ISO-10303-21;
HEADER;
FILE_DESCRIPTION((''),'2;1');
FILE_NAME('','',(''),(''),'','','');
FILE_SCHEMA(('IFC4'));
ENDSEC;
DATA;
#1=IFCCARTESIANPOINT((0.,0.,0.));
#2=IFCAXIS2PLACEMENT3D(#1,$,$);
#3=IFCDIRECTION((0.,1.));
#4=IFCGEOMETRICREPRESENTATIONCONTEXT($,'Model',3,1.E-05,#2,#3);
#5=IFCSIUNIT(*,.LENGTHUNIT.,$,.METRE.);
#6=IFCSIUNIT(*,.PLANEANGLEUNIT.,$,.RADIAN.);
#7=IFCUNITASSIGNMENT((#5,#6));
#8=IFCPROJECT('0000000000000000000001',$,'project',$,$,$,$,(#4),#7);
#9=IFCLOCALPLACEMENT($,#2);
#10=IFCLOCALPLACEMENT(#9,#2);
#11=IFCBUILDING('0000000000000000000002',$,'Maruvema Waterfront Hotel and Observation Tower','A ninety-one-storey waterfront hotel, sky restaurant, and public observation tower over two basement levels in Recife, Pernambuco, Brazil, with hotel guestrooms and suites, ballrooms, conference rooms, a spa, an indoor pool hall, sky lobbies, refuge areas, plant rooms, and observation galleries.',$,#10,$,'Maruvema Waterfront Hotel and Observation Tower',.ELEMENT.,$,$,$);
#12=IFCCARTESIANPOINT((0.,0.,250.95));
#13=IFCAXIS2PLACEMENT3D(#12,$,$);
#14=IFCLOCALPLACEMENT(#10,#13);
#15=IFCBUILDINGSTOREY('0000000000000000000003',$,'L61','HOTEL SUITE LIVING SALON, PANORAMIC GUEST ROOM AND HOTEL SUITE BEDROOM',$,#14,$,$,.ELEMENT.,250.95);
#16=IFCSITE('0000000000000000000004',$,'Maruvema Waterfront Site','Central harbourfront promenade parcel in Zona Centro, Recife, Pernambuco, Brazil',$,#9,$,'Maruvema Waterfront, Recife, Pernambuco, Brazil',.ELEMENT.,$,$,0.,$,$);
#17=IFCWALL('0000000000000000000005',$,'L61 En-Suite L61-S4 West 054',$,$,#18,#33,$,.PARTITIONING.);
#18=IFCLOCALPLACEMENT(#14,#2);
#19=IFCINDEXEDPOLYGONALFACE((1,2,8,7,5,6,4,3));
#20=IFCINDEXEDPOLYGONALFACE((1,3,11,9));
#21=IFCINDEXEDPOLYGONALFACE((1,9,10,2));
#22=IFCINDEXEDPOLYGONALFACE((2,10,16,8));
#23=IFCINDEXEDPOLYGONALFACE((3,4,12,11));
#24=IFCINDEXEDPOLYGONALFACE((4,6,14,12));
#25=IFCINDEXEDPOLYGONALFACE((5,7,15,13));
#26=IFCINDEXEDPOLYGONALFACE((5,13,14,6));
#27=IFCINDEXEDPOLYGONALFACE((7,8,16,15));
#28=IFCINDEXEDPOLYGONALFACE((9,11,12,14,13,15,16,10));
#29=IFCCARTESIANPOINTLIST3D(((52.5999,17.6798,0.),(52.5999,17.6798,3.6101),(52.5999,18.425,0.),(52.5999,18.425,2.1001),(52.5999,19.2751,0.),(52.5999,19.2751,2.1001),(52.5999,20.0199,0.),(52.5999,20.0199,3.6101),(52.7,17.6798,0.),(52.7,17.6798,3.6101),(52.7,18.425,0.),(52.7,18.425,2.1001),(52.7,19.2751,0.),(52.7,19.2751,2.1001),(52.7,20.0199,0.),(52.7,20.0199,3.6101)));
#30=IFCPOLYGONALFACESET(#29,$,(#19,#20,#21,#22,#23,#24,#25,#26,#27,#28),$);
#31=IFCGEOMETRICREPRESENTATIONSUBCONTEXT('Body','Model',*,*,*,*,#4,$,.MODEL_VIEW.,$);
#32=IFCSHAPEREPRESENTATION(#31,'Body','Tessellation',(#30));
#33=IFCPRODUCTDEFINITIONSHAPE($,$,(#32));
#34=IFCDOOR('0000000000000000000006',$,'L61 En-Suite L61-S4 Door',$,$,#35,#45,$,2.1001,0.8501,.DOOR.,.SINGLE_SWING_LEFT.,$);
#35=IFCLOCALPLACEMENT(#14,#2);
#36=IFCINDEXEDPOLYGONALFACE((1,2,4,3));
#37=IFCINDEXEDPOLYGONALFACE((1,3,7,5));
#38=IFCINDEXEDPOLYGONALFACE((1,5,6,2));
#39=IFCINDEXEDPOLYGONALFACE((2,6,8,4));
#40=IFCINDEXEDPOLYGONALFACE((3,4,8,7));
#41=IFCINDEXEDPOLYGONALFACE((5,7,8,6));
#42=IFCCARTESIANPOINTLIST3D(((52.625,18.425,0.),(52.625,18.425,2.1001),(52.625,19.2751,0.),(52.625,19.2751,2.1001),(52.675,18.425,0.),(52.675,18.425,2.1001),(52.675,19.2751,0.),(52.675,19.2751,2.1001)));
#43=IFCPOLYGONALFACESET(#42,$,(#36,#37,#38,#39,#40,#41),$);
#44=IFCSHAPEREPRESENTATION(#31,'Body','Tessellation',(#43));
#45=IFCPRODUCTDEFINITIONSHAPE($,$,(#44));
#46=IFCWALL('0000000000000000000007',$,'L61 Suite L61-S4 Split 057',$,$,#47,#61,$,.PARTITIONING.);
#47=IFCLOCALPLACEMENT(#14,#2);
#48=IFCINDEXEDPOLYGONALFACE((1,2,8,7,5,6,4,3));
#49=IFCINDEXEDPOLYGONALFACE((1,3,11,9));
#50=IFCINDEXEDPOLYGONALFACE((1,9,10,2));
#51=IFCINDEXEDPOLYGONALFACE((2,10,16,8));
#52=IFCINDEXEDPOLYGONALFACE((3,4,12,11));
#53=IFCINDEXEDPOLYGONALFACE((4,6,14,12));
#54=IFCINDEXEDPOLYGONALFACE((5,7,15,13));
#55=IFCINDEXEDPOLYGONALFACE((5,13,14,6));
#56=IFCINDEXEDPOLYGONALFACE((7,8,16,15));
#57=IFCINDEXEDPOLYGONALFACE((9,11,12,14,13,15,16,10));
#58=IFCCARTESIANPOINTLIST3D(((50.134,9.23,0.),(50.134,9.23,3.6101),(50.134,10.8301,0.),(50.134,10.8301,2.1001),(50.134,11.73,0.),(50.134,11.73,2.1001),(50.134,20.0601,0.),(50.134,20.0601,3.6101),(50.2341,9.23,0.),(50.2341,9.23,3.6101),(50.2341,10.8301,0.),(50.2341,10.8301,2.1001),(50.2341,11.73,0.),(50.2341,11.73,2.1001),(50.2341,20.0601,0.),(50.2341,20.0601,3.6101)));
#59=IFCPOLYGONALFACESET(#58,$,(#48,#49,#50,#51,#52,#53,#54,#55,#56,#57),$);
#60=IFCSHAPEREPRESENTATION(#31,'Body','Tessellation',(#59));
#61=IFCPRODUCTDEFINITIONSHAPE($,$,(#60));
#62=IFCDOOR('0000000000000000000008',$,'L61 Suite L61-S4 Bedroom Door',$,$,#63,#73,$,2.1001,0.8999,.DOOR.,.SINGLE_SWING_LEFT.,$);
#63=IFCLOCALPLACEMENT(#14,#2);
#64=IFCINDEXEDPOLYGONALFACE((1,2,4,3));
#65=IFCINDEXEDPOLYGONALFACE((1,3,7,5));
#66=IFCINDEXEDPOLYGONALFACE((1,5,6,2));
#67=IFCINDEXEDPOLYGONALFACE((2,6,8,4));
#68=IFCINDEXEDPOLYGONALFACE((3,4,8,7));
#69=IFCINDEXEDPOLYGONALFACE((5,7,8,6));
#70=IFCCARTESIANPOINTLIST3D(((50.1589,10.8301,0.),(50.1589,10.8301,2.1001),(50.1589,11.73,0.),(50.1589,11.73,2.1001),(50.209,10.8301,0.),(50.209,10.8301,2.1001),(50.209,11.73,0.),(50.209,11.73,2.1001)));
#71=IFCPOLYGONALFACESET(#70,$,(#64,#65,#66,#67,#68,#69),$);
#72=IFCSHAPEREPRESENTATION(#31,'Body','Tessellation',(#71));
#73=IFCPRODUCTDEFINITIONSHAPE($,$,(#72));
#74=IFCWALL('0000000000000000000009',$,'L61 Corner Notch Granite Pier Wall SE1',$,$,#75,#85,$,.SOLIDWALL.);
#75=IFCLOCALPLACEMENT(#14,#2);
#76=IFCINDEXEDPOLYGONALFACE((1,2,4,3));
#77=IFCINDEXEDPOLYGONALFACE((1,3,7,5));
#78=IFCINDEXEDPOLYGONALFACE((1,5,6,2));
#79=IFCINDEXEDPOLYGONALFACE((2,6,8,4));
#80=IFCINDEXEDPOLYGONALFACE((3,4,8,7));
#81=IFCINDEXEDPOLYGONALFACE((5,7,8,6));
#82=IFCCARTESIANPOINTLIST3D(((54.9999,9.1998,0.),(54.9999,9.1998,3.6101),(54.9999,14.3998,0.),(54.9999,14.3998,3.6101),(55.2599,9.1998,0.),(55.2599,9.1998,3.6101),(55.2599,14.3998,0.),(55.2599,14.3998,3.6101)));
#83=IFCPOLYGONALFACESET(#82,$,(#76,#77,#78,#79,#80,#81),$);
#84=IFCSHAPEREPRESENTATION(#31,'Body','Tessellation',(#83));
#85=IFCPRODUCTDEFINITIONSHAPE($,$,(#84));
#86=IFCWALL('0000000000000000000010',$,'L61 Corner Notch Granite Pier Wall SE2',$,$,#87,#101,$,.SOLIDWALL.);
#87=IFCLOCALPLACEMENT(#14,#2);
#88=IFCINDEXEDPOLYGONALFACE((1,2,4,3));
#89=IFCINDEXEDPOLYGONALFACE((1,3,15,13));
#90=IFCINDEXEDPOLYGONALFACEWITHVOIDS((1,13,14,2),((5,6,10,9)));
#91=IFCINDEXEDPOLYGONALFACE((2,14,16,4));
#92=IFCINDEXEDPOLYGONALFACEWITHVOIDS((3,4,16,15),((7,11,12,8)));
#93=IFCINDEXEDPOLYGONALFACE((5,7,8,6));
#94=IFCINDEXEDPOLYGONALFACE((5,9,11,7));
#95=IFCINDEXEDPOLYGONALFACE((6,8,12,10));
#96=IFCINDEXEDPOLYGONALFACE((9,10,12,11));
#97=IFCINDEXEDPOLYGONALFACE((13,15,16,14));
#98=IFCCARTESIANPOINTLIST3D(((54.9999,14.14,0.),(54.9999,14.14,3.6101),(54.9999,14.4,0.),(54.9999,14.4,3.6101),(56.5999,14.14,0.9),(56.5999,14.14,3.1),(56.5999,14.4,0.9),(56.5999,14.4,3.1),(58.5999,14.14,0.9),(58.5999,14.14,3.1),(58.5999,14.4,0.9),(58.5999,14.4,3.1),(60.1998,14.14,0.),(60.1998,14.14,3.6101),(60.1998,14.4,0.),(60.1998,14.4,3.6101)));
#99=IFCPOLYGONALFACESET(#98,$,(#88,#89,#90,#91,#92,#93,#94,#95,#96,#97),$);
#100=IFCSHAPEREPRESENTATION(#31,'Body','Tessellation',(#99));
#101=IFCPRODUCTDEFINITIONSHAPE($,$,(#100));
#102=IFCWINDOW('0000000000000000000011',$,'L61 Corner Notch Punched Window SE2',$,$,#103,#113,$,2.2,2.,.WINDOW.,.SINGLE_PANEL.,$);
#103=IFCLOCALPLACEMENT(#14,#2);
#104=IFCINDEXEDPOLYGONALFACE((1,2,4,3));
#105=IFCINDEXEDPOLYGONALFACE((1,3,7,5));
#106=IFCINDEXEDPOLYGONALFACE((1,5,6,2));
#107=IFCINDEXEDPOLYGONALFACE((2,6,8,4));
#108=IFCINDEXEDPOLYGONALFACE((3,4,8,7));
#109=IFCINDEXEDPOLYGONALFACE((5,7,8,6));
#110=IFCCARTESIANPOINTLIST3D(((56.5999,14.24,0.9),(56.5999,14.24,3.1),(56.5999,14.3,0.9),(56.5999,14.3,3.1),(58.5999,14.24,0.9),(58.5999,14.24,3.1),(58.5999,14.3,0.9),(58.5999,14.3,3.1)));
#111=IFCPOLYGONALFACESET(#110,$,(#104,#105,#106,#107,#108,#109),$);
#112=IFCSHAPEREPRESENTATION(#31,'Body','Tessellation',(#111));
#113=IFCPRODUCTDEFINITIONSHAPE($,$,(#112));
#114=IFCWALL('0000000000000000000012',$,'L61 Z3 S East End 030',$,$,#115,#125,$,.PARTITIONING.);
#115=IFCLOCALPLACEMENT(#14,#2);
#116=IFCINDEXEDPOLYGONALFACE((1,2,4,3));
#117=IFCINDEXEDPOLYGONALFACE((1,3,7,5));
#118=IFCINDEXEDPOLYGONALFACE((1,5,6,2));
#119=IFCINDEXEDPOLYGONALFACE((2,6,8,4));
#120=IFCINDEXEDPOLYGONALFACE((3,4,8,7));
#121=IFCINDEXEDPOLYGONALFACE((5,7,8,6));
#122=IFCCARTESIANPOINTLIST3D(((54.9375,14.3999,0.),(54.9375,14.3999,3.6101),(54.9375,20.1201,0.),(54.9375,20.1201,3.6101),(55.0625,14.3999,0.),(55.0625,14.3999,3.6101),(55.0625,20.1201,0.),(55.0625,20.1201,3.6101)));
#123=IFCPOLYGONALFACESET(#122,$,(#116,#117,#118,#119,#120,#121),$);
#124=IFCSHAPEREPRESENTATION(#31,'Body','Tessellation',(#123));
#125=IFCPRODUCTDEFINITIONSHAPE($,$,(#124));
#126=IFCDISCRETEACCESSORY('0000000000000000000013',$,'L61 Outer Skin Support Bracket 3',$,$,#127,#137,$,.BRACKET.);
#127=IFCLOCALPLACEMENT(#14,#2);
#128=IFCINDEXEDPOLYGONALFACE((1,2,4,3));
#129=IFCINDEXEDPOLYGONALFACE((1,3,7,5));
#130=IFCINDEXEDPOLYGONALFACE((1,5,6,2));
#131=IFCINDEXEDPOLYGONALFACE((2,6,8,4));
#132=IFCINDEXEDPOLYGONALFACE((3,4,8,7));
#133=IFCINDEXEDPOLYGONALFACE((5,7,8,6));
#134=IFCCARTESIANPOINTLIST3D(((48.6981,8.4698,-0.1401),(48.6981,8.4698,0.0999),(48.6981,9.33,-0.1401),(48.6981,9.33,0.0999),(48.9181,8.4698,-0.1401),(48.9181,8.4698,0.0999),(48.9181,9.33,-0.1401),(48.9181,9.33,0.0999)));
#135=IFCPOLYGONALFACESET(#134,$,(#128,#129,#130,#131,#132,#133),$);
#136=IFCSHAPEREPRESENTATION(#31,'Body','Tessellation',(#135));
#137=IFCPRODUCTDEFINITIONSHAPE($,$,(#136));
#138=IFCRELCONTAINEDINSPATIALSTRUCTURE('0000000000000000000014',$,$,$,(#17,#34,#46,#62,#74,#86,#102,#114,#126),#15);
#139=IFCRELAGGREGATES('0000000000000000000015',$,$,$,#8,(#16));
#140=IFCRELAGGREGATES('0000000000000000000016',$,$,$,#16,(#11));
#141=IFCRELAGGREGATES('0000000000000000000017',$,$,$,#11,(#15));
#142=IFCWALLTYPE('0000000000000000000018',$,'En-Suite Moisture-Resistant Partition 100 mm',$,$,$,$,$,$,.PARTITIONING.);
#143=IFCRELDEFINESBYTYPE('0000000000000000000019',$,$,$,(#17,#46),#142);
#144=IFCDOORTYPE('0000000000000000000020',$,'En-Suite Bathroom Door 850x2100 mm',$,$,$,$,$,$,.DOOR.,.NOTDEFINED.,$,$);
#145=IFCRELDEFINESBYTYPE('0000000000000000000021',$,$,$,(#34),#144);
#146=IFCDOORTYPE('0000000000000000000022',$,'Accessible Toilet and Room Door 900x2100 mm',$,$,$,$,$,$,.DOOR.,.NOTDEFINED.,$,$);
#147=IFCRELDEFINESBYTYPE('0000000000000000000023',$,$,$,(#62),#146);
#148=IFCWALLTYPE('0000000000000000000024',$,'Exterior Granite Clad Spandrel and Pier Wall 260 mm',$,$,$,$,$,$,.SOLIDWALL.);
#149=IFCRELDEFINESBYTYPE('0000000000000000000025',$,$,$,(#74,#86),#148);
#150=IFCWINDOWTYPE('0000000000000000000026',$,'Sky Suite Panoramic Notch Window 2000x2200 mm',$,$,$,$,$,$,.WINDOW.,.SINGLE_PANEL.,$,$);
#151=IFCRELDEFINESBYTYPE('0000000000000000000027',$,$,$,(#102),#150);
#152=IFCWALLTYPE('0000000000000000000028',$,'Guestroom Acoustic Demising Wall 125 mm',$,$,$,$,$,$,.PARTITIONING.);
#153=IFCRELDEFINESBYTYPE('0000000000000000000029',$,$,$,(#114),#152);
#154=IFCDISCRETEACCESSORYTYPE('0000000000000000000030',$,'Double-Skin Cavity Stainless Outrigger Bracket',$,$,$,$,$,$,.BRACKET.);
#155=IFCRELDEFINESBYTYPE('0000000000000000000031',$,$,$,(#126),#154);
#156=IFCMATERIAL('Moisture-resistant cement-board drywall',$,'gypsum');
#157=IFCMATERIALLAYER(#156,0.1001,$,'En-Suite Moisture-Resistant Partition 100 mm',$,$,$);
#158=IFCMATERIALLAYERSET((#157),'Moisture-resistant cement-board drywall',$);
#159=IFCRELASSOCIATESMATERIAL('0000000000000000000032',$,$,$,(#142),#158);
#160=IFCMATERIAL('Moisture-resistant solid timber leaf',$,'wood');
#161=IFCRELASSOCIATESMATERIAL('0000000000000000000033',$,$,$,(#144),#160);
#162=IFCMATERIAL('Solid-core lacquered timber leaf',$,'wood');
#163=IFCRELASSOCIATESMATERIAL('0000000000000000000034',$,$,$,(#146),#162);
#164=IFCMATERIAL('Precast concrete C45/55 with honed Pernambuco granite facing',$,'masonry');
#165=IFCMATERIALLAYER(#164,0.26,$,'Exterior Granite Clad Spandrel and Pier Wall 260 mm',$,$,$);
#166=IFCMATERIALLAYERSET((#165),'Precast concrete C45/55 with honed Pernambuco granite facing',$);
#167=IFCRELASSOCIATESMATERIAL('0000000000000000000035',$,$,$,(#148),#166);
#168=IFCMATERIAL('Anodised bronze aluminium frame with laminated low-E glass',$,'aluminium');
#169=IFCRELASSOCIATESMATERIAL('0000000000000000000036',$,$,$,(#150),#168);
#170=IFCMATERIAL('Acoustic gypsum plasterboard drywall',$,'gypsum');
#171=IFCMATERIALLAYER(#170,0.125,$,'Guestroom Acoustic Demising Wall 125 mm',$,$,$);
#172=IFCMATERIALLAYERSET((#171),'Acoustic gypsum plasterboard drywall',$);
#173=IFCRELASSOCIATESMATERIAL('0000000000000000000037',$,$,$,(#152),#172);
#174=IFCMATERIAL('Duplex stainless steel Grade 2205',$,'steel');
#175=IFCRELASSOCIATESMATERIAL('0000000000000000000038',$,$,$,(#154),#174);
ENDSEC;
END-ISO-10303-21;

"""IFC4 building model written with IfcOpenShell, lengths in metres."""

from ifc_helpers import new_model, si_unit, direction, frame, frame_2d, origin, origin_2d, place, context, subcontext, project, spatial, rectangle, extrude, material, layer, layer_set, type_object, element, fill, save


model = new_model("IFC4")

# Units and contexts
model_context = context("Model", 3, precision=1e-05, world=origin(), true_north=direction((0.0, 1.0)))
body_context = subcontext(model_context, "Body", "Model", "MODEL_VIEW")
ifc_project = project(units=[si_unit("LENGTHUNIT", "METRE"), si_unit("PLANEANGLEUNIT", "RADIAN")], contexts=[model_context])

# Site, building, storey
site_placement = place(None, origin())
site = spatial("IfcSite", under=ifc_project, at=site_placement, Name="Maruvema Waterfront Site", Description="Central harbourfront promenade parcel in Zona Centro, Recife, Pernambuco, Brazil", LongName="Maruvema Waterfront, Recife, Pernambuco, Brazil", CompositionType="ELEMENT", RefElevation=0.0)
building_placement = place(site_placement, origin())
building = spatial("IfcBuilding", under=site, at=building_placement, Name="Maruvema Waterfront Hotel and Observation Tower", Description="A ninety-one-storey waterfront hotel, sky restaurant, and public observation tower over two basement levels in Recife, Pernambuco, Brazil, with hotel guestrooms and suites, ballrooms, conference rooms, a spa, an indoor pool hall, sky lobbies, refuge areas, plant rooms, and observation galleries.", LongName="Maruvema Waterfront Hotel and Observation Tower", CompositionType="ELEMENT")
storey_placement = place(building_placement, frame((0.0, 0.0, 250.95)))
storey = spatial("IfcBuildingStorey", under=building, at=storey_placement, Name="L61", Description="HOTEL SUITE LIVING SALON, PANORAMIC GUEST ROOM AND HOTEL SUITE BEDROOM", CompositionType="ELEMENT", Elevation=250.95)

# Shared definitions
ifc_material_1 = material(Name="Moisture-resistant cement-board drywall", Category="gypsum")
ifc_layer_1 = layer(ifc_material_1, 0.1001, Name="En-Suite Moisture-Resistant Partition 100 mm")
ifc_layer_set_1 = layer_set([ifc_layer_1], Name="Moisture-resistant cement-board drywall")
wall_type_1 = type_object("IfcWallType", Name="En-Suite Moisture-Resistant Partition 100 mm", PredefinedType="PARTITIONING", material=ifc_layer_set_1)

# Walls, openings, doors
wall_1_placement = place(storey_placement, frame((52.6499, 17.6799, 0.0), z_axis=(0.0, 0.0, 1.0), x_axis=(0.0, 1.0, 0.0)))
wall_1 = element("IfcWall", 1, at=wall_1_placement, inside=storey, type_object=wall_type_1, Name="L61 En-Suite L61-S4 West 054", PredefinedType="PARTITIONING", context=body_context, shape_type="SweptSolid", body=[
    extrude(rectangle(XDim=2.3401, YDim=0.1001, at=frame_2d((1.1699, 0.0))), origin(), (0.0, 0.0, 1.0), 3.6101),
])
opening_1_placement = place(wall_1_placement, frame((0.7451, 0.0, 0.0)))
opening_1 = element("IfcOpeningElement", 2, at=opening_1_placement, cuts=wall_1, PredefinedType="OPENING", context=body_context, shape_type="SweptSolid", body=[
    extrude(rectangle(XDim=0.8501, YDim=2.1001, at=frame_2d((0.425, 1.05))), frame((0.0, 0.0601, 0.0), z_axis=(0.0, -1.0, 0.0), x_axis=(1.0, 0.0, 0.0)), (0.0, 0.0, 1.0), 0.1201),
])
ifc_material_2 = material(Name="Moisture-resistant solid timber leaf", Category="wood")
door_type_1 = type_object("IfcDoorType", Name="En-Suite Bathroom Door 850x2100 mm", OperationType="NOTDEFINED", PredefinedType="DOOR", material=ifc_material_2)
door_1_placement = place(opening_1_placement, origin())
door_1 = element("IfcDoor", 3, at=door_1_placement, inside=storey, type_object=door_type_1, Name="L61 En-Suite L61-S4 Door", OperationType="SINGLE_SWING_LEFT", OverallHeight=2.1001, OverallWidth=0.8501, PredefinedType="DOOR", context=body_context, shape_type="SweptSolid", body=[
    extrude(rectangle(XDim=0.8501, YDim=2.1001, at=frame_2d((0.425, 1.05))), frame((0.0, 0.0249, 0.0), z_axis=(0.0, -1.0, 0.0), x_axis=(1.0, 0.0, 0.0)), (0.0, 0.0, 1.0), 0.05),
])
fill(opening_1, door_1)
wall_2_placement = place(storey_placement, frame((50.1841, 9.23, 0.0), z_axis=(0.0, 0.0, 1.0), x_axis=(0.0, 1.0, 0.0)))
wall_2 = element("IfcWall", 4, at=wall_2_placement, inside=storey, type_object=wall_type_1, Name="L61 Suite L61-S4 Split 057", PredefinedType="PARTITIONING", context=body_context, shape_type="SweptSolid", body=[
    extrude(rectangle(XDim=10.8301, YDim=0.1001, at=frame_2d((5.415, 0.0))), origin(), (0.0, 0.0, 1.0), 3.6101),
])
opening_2_placement = place(wall_2_placement, frame((1.6001, 0.0, 0.0)))
opening_2 = element("IfcOpeningElement", 5, at=opening_2_placement, cuts=wall_2, PredefinedType="OPENING", context=body_context, shape_type="SweptSolid", body=[
    extrude(rectangle(XDim=0.8999, YDim=2.1001, at=frame_2d((0.45, 1.05))), frame((0.0, 0.0601, 0.0), z_axis=(0.0, -1.0, 0.0), x_axis=(1.0, 0.0, 0.0)), (0.0, 0.0, 1.0), 0.1201),
])
ifc_material_3 = material(Name="Solid-core lacquered timber leaf", Category="wood")
door_type_2 = type_object("IfcDoorType", Name="Accessible Toilet and Room Door 900x2100 mm", OperationType="NOTDEFINED", PredefinedType="DOOR", material=ifc_material_3)
door_2_placement = place(opening_2_placement, frame((0.8999, 0.0, 0.0), z_axis=(0.0, 0.0, 1.0), x_axis=(-1.0, 0.0, 0.0)))
door_2 = element("IfcDoor", 6, at=door_2_placement, inside=storey, type_object=door_type_2, Name="L61 Suite L61-S4 Bedroom Door", OperationType="SINGLE_SWING_LEFT", OverallHeight=2.1001, OverallWidth=0.8999, PredefinedType="DOOR", context=body_context, shape_type="SweptSolid", body=[
    extrude(rectangle(XDim=0.8999, YDim=2.1001, at=frame_2d((0.45, 1.05))), frame((0.0, 0.0249, 0.0), z_axis=(0.0, -1.0, 0.0), x_axis=(1.0, 0.0, 0.0)), (0.0, 0.0, 1.0), 0.05),
])
fill(opening_2, door_2)

# Wall
ifc_material_4 = material(Name="Precast concrete C45/55 with honed Pernambuco granite facing", Category="masonry")
ifc_layer_2 = layer(ifc_material_4, 0.26, Name="Exterior Granite Clad Spandrel and Pier Wall 260 mm")
ifc_layer_set_2 = layer_set([ifc_layer_2], Name="Precast concrete C45/55 with honed Pernambuco granite facing")
wall_type_2 = type_object("IfcWallType", Name="Exterior Granite Clad Spandrel and Pier Wall 260 mm", PredefinedType="SOLIDWALL", material=ifc_layer_set_2)
wall_3_placement = place(storey_placement, frame((55.1299, 14.3999, 0.0), z_axis=(0.0, 0.0, 1.0), x_axis=(0.0, -1.0, 0.0)))
element("IfcWall", 7, at=wall_3_placement, inside=storey, type_object=wall_type_2, Name="L61 Corner Notch Granite Pier Wall SE1", PredefinedType="SOLIDWALL", context=body_context, shape_type="SweptSolid", body=[
    extrude(rectangle(XDim=5.2, YDim=0.26, at=frame_2d((2.6001, 0.0))), origin(), (0.0, 0.0, 1.0), 3.6101),
])

# Wall, opening, window
wall_4_placement = place(storey_placement, frame((60.2, 14.27, 0.0), z_axis=(0.0, 0.0, 1.0), x_axis=(-1.0, 0.0, 0.0)))
wall_4 = element("IfcWall", 8, at=wall_4_placement, inside=storey, type_object=wall_type_2, Name="L61 Corner Notch Granite Pier Wall SE2", PredefinedType="SOLIDWALL", context=body_context, shape_type="SweptSolid", body=[
    extrude(rectangle(XDim=5.2, YDim=0.26, at=frame_2d((2.6001, 0.0))), origin(), (0.0, 0.0, 1.0), 3.6101),
])
opening_3_placement = place(wall_4_placement, frame((1.6001, 0.0, 0.8999)))
opening_3 = element("IfcOpeningElement", 9, at=opening_3_placement, cuts=wall_4, PredefinedType="OPENING", context=body_context, shape_type="SweptSolid", body=[
    extrude(rectangle(XDim=2.0, YDim=2.2, at=frame_2d((1.0, 1.1001))), frame((0.0, 0.1401, 0.0), z_axis=(0.0, -1.0, 0.0), x_axis=(1.0, 0.0, 0.0)), (0.0, 0.0, 1.0), 0.28),
])
ifc_material_5 = material(Name="Anodised bronze aluminium frame with laminated low-E glass", Category="aluminium")
window_type = type_object("IfcWindowType", Name="Sky Suite Panoramic Notch Window 2000x2200 mm", PartitioningType="SINGLE_PANEL", PredefinedType="WINDOW", material=ifc_material_5)
window_placement = place(opening_3_placement, origin())
window = element("IfcWindow", 10, at=window_placement, inside=storey, type_object=window_type, Name="L61 Corner Notch Punched Window SE2", OverallHeight=2.2, OverallWidth=2.0, PartitioningType="SINGLE_PANEL", PredefinedType="WINDOW", context=body_context, shape_type="SweptSolid", body=[
    extrude(rectangle(XDim=2.0, YDim=2.2, at=frame_2d((1.0, 1.1001))), frame((0.0, 0.03, 0.0), z_axis=(0.0, -1.0, 0.0), x_axis=(1.0, 0.0, 0.0)), (0.0, 0.0, 1.0), 0.0601),
])
fill(opening_3, window)

# Wall
ifc_material_6 = material(Name="Acoustic gypsum plasterboard drywall", Category="gypsum")
ifc_layer_3 = layer(ifc_material_6, 0.125, Name="Guestroom Acoustic Demising Wall 125 mm")
ifc_layer_set_3 = layer_set([ifc_layer_3], Name="Acoustic gypsum plasterboard drywall")
wall_type_3 = type_object("IfcWallType", Name="Guestroom Acoustic Demising Wall 125 mm", PredefinedType="PARTITIONING", material=ifc_layer_set_3)
wall_5_placement = place(storey_placement, frame((55.0, 14.3999, 0.0), z_axis=(0.0, 0.0, 1.0), x_axis=(0.0, 1.0, 0.0)))
element("IfcWall", 11, at=wall_5_placement, inside=storey, type_object=wall_type_3, Name="L61 Z3 S East End 030", PredefinedType="PARTITIONING", context=body_context, shape_type="SweptSolid", body=[
    extrude(rectangle(XDim=5.7202, YDim=0.125, at=frame_2d((2.8601, 0.0))), origin(), (0.0, 0.0, 1.0), 3.6101),
])

# Discrete accessory
ifc_material_7 = material(Name="Duplex stainless steel Grade 2205", Category="steel")
discrete_accessory_type = type_object("IfcDiscreteAccessoryType", Name="Double-Skin Cavity Stainless Outrigger Bracket", PredefinedType="BRACKET", material=ifc_material_7)
discrete_accessory_placement = place(storey_placement, frame((48.8081, 8.8999, -0.1401), z_axis=(0.0, 0.0, 1.0), x_axis=(1.0, 0.0, 0.0)))
element("IfcDiscreteAccessory", 12, at=discrete_accessory_placement, inside=storey, type_object=discrete_accessory_type, Name="L61 Outer Skin Support Bracket 3", PredefinedType="BRACKET", context=body_context, shape_type="SweptSolid", body=[
    extrude(rectangle(XDim=0.22, YDim=0.8601, at=origin_2d()), origin(), (0.0, 0.0, 1.0), 0.24),
])

save(model, "model.ifc")
